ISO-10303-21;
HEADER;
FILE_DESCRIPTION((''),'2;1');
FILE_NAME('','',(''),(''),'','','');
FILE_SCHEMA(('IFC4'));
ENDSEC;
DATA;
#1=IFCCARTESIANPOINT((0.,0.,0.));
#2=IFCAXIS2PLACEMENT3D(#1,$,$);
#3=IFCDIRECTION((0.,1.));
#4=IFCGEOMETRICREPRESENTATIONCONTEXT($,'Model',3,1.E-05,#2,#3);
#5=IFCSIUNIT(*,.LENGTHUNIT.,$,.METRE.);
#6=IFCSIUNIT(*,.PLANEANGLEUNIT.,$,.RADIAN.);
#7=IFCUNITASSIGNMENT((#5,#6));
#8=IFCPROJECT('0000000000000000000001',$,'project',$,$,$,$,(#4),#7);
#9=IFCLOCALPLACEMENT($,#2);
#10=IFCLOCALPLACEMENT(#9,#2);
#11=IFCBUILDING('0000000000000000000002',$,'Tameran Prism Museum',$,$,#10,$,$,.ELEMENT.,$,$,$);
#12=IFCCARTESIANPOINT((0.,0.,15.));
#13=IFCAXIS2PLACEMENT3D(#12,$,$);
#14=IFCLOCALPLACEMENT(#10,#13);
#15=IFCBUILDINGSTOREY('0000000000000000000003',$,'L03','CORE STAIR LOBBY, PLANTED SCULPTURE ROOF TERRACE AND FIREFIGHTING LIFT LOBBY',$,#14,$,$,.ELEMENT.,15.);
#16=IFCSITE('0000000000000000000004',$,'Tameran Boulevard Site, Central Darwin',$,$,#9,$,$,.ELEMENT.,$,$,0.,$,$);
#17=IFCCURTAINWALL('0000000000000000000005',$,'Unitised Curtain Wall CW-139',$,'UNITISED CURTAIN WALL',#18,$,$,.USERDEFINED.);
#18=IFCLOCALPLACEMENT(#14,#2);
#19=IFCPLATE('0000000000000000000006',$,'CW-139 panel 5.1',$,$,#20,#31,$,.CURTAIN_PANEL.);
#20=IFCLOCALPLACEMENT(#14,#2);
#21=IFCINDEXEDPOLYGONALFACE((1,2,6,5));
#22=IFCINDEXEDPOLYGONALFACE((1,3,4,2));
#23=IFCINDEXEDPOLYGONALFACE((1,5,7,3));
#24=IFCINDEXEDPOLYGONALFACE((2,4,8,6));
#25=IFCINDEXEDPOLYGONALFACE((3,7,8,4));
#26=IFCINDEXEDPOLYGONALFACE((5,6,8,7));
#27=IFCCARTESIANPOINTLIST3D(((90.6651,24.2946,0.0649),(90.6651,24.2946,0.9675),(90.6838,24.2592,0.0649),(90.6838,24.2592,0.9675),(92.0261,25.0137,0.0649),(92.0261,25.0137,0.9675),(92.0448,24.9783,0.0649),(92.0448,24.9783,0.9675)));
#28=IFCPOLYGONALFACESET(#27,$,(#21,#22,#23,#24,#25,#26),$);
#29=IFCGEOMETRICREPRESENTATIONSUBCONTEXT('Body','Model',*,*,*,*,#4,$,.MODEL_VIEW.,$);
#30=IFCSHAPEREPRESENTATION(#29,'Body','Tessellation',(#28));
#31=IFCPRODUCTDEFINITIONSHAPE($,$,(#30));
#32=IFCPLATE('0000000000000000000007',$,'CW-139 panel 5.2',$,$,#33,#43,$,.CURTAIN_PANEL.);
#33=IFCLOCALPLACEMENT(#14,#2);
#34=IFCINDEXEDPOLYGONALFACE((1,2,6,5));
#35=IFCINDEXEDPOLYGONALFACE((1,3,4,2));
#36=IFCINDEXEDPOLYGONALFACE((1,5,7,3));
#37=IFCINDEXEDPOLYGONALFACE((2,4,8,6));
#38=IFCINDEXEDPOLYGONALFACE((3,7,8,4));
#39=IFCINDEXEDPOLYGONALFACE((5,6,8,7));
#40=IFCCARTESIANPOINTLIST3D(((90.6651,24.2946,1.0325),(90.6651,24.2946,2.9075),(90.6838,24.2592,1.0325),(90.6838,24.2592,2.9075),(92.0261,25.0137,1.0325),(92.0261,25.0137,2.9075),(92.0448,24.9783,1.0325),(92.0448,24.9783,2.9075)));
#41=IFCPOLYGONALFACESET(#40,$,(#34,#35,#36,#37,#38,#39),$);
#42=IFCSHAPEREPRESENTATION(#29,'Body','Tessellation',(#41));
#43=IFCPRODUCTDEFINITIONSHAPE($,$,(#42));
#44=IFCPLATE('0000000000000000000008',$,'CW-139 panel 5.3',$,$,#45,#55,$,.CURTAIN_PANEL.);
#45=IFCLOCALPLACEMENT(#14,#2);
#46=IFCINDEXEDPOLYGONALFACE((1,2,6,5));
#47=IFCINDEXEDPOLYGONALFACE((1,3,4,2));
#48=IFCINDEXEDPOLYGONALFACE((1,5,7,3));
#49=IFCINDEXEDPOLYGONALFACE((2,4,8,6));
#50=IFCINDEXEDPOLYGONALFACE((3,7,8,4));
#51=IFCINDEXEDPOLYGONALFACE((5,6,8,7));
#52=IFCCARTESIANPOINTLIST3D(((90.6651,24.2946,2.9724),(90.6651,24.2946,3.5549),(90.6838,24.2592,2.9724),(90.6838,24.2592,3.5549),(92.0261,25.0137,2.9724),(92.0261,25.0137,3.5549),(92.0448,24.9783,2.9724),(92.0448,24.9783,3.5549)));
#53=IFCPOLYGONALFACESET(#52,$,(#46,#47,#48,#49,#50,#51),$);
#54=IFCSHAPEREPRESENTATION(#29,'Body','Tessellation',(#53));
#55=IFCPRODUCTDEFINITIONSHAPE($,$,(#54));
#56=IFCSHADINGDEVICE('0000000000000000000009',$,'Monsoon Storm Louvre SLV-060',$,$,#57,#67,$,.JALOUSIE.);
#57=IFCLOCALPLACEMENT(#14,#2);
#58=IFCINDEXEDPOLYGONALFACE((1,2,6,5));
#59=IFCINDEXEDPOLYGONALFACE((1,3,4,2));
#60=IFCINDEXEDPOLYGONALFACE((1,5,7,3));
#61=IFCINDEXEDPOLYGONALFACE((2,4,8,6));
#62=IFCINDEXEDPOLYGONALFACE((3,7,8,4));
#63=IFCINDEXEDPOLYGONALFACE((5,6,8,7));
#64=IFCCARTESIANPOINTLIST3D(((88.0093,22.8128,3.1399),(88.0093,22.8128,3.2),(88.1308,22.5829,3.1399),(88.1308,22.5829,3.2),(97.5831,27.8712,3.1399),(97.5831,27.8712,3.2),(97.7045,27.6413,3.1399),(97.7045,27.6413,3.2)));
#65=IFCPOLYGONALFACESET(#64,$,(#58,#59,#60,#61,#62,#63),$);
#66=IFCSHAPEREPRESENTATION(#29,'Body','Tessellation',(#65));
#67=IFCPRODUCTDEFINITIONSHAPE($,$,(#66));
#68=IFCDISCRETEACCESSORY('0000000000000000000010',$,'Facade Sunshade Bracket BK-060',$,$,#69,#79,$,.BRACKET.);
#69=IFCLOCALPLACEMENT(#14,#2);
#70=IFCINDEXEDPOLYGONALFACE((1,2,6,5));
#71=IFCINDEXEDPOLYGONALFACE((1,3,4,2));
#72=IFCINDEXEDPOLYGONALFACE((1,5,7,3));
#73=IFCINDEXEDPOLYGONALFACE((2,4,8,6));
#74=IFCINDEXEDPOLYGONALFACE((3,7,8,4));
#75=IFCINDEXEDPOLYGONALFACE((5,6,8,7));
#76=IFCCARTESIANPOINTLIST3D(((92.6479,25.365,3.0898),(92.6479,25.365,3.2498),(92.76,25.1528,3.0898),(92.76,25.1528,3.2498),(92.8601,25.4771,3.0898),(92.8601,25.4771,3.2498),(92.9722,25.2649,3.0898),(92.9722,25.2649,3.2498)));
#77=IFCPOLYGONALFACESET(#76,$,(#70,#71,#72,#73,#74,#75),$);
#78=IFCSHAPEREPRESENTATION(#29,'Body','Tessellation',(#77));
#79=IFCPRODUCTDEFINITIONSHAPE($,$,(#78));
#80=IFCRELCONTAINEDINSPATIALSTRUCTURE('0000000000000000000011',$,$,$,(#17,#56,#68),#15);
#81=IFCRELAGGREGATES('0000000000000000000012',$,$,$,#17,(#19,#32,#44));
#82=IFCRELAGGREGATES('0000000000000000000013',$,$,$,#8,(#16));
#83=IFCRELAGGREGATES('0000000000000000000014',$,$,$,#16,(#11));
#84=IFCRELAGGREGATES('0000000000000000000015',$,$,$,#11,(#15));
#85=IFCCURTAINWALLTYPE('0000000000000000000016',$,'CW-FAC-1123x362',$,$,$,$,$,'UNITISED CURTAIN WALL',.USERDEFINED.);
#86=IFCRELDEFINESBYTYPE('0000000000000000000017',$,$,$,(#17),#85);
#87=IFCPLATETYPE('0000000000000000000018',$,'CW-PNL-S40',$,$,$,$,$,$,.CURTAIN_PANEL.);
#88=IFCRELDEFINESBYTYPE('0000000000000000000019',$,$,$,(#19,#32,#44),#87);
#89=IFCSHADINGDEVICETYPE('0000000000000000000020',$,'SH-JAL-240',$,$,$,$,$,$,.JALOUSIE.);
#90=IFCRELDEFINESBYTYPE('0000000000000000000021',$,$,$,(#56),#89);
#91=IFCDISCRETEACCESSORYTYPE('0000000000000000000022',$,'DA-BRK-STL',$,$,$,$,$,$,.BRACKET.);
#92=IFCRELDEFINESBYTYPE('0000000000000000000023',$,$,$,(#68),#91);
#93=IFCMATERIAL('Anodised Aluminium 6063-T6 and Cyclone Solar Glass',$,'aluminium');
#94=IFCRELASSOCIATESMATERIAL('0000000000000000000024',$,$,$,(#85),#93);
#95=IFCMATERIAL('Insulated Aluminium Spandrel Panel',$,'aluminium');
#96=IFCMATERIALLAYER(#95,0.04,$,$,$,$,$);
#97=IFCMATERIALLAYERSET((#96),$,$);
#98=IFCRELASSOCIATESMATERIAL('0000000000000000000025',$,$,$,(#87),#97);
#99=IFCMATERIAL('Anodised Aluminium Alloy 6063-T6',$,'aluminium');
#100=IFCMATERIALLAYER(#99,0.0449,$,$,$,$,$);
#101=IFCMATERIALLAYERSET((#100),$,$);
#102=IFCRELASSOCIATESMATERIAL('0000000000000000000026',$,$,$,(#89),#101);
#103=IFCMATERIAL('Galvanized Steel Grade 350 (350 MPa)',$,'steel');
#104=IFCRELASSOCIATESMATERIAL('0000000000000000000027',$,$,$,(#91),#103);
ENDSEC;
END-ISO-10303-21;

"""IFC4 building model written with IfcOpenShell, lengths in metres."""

from ifc_helpers import new_model, si_unit, direction, frame, origin, origin_2d, place, context, subcontext, project, spatial, rectangle, extrude, material, layer, layer_set, type_object, element, aggregate, save


model = new_model("IFC4")

# Units and contexts
model_context = context("Model", 3, precision=1e-05, world=origin(), true_north=direction((0.0, 1.0)))
body_context = subcontext(model_context, "Body", "Model", "MODEL_VIEW")
ifc_project = project(units=[si_unit("LENGTHUNIT", "METRE"), si_unit("PLANEANGLEUNIT", "RADIAN")], contexts=[model_context])

# Site, building, storey
site_placement = place(None, origin())
site = spatial("IfcSite", under=ifc_project, at=site_placement, Name="Tameran Boulevard Site, Central Darwin", CompositionType="ELEMENT", RefElevation=0.0)
building_placement = place(site_placement, origin())
building = spatial("IfcBuilding", under=site, at=building_placement, Name="Tameran Prism Museum", CompositionType="ELEMENT")
storey_placement = place(building_placement, frame((0.0, 0.0, 15.0)))
storey = spatial("IfcBuildingStorey", under=building, at=storey_placement, Name="L03", Description="CORE STAIR LOBBY, PLANTED SCULPTURE ROOF TERRACE AND FIREFIGHTING LIFT LOBBY", CompositionType="ELEMENT", Elevation=15.0)

# Curtain wall, plates
ifc_material_1 = material(Name="Anodised Aluminium 6063-T6 and Cyclone Solar Glass", Category="aluminium")
curtain_wall_type = type_object("IfcCurtainWallType", Name="CW-FAC-1123x362", ElementType="UNITISED CURTAIN WALL", PredefinedType="USERDEFINED", material=ifc_material_1)
curtain_wall_placement = place(storey_placement, origin())
curtain_wall = element("IfcCurtainWall", 1, at=curtain_wall_placement, inside=storey, type_object=curtain_wall_type, Name="Unitised Curtain Wall CW-139", ObjectType="UNITISED CURTAIN WALL", PredefinedType="USERDEFINED")
ifc_material_2 = material(Name="Insulated Aluminium Spandrel Panel", Category="aluminium")
ifc_layer_1 = layer(ifc_material_2, 0.04)
ifc_layer_set_1 = layer_set([ifc_layer_1])
plate_type = type_object("IfcPlateType", Name="CW-PNL-S40", PredefinedType="CURTAIN_PANEL", material=ifc_layer_set_1)
plate_1_placement = place(storey_placement, frame((91.355, 24.6365, 0.0649), z_axis=(0.0, 0.0, 1.0), x_axis=(-0.884175, -0.467155, 0.0)))
plate_1 = element("IfcPlate", 2, at=plate_1_placement, type_object=plate_type, Name="CW-139 panel 5.1", PredefinedType="CURTAIN_PANEL", context=body_context, shape_type="SweptSolid", body=[
    extrude(rectangle(XDim=1.5393, YDim=0.04, at=origin_2d()), origin(), (0.0, 0.0, 1.0), 0.9026),
])
plate_2_placement = place(storey_placement, frame((91.355, 24.6365, 1.0325), z_axis=(0.0, 0.0, 1.0), x_axis=(-0.884175, -0.467155, 0.0)))
plate_2 = element("IfcPlate", 3, at=plate_2_placement, type_object=plate_type, Name="CW-139 panel 5.2", PredefinedType="CURTAIN_PANEL", context=body_context, shape_type="SweptSolid", body=[
    extrude(rectangle(XDim=1.5393, YDim=0.04, at=origin_2d()), origin(), (0.0, 0.0, 1.0), 1.875),
])
plate_3_placement = place(storey_placement, frame((91.355, 24.6365, 2.9724), z_axis=(0.0, 0.0, 1.0), x_axis=(-0.884175, -0.467155, 0.0)))
plate_3 = element("IfcPlate", 4, at=plate_3_placement, type_object=plate_type, Name="CW-139 panel 5.3", PredefinedType="CURTAIN_PANEL", context=body_context, shape_type="SweptSolid", body=[
    extrude(rectangle(XDim=1.5393, YDim=0.04, at=origin_2d()), origin(), (0.0, 0.0, 1.0), 0.5825),
])
aggregate(curtain_wall, [plate_1, plate_2, plate_3])

# Shading device
ifc_material_3 = material(Name="Anodised Aluminium Alloy 6063-T6", Category="aluminium")
ifc_layer_2 = layer(ifc_material_3, 0.0449)
ifc_layer_set_2 = layer_set([ifc_layer_2])
shading_device_type = type_object("IfcShadingDeviceType", Name="SH-JAL-240", PredefinedType="JALOUSIE", material=ifc_layer_set_2)
shading_device_placement = place(storey_placement, frame((92.8569, 25.2271, 3.1399), z_axis=(0.0, 0.0, 1.0), x_axis=(-0.884174, -0.467158, 0.0)))
element("IfcShadingDevice", 5, at=shading_device_placement, inside=storey, type_object=shading_device_type, Name="Monsoon Storm Louvre SLV-060", PredefinedType="JALOUSIE", context=body_context, shape_type="SweptSolid", body=[
    extrude(rectangle(XDim=10.8279, YDim=0.26, at=origin_2d()), origin(), (0.0, 0.0, 1.0), 0.0601),
])

# Discrete accessory
ifc_material_4 = material(Name="Galvanized Steel Grade 350 (350 MPa)", Category="steel")
discrete_accessory_type = type_object("IfcDiscreteAccessoryType", Name="DA-BRK-STL", PredefinedType="BRACKET", material=ifc_material_4)
discrete_accessory_placement = place(storey_placement, frame((92.8101, 25.3149, 3.0898), z_axis=(0.0, 0.0, 1.0), x_axis=(-0.884174, -0.467158, 0.0)))
element("IfcDiscreteAccessory", 6, at=discrete_accessory_placement, inside=storey, type_object=discrete_accessory_type, Name="Facade Sunshade Bracket BK-060", PredefinedType="BRACKET", context=body_context, shape_type="SweptSolid", body=[
    extrude(rectangle(XDim=0.24, YDim=0.24, at=origin_2d()), origin(), (0.0, 0.0, 1.0), 0.1599),
])

save(model, "model.ifc")
